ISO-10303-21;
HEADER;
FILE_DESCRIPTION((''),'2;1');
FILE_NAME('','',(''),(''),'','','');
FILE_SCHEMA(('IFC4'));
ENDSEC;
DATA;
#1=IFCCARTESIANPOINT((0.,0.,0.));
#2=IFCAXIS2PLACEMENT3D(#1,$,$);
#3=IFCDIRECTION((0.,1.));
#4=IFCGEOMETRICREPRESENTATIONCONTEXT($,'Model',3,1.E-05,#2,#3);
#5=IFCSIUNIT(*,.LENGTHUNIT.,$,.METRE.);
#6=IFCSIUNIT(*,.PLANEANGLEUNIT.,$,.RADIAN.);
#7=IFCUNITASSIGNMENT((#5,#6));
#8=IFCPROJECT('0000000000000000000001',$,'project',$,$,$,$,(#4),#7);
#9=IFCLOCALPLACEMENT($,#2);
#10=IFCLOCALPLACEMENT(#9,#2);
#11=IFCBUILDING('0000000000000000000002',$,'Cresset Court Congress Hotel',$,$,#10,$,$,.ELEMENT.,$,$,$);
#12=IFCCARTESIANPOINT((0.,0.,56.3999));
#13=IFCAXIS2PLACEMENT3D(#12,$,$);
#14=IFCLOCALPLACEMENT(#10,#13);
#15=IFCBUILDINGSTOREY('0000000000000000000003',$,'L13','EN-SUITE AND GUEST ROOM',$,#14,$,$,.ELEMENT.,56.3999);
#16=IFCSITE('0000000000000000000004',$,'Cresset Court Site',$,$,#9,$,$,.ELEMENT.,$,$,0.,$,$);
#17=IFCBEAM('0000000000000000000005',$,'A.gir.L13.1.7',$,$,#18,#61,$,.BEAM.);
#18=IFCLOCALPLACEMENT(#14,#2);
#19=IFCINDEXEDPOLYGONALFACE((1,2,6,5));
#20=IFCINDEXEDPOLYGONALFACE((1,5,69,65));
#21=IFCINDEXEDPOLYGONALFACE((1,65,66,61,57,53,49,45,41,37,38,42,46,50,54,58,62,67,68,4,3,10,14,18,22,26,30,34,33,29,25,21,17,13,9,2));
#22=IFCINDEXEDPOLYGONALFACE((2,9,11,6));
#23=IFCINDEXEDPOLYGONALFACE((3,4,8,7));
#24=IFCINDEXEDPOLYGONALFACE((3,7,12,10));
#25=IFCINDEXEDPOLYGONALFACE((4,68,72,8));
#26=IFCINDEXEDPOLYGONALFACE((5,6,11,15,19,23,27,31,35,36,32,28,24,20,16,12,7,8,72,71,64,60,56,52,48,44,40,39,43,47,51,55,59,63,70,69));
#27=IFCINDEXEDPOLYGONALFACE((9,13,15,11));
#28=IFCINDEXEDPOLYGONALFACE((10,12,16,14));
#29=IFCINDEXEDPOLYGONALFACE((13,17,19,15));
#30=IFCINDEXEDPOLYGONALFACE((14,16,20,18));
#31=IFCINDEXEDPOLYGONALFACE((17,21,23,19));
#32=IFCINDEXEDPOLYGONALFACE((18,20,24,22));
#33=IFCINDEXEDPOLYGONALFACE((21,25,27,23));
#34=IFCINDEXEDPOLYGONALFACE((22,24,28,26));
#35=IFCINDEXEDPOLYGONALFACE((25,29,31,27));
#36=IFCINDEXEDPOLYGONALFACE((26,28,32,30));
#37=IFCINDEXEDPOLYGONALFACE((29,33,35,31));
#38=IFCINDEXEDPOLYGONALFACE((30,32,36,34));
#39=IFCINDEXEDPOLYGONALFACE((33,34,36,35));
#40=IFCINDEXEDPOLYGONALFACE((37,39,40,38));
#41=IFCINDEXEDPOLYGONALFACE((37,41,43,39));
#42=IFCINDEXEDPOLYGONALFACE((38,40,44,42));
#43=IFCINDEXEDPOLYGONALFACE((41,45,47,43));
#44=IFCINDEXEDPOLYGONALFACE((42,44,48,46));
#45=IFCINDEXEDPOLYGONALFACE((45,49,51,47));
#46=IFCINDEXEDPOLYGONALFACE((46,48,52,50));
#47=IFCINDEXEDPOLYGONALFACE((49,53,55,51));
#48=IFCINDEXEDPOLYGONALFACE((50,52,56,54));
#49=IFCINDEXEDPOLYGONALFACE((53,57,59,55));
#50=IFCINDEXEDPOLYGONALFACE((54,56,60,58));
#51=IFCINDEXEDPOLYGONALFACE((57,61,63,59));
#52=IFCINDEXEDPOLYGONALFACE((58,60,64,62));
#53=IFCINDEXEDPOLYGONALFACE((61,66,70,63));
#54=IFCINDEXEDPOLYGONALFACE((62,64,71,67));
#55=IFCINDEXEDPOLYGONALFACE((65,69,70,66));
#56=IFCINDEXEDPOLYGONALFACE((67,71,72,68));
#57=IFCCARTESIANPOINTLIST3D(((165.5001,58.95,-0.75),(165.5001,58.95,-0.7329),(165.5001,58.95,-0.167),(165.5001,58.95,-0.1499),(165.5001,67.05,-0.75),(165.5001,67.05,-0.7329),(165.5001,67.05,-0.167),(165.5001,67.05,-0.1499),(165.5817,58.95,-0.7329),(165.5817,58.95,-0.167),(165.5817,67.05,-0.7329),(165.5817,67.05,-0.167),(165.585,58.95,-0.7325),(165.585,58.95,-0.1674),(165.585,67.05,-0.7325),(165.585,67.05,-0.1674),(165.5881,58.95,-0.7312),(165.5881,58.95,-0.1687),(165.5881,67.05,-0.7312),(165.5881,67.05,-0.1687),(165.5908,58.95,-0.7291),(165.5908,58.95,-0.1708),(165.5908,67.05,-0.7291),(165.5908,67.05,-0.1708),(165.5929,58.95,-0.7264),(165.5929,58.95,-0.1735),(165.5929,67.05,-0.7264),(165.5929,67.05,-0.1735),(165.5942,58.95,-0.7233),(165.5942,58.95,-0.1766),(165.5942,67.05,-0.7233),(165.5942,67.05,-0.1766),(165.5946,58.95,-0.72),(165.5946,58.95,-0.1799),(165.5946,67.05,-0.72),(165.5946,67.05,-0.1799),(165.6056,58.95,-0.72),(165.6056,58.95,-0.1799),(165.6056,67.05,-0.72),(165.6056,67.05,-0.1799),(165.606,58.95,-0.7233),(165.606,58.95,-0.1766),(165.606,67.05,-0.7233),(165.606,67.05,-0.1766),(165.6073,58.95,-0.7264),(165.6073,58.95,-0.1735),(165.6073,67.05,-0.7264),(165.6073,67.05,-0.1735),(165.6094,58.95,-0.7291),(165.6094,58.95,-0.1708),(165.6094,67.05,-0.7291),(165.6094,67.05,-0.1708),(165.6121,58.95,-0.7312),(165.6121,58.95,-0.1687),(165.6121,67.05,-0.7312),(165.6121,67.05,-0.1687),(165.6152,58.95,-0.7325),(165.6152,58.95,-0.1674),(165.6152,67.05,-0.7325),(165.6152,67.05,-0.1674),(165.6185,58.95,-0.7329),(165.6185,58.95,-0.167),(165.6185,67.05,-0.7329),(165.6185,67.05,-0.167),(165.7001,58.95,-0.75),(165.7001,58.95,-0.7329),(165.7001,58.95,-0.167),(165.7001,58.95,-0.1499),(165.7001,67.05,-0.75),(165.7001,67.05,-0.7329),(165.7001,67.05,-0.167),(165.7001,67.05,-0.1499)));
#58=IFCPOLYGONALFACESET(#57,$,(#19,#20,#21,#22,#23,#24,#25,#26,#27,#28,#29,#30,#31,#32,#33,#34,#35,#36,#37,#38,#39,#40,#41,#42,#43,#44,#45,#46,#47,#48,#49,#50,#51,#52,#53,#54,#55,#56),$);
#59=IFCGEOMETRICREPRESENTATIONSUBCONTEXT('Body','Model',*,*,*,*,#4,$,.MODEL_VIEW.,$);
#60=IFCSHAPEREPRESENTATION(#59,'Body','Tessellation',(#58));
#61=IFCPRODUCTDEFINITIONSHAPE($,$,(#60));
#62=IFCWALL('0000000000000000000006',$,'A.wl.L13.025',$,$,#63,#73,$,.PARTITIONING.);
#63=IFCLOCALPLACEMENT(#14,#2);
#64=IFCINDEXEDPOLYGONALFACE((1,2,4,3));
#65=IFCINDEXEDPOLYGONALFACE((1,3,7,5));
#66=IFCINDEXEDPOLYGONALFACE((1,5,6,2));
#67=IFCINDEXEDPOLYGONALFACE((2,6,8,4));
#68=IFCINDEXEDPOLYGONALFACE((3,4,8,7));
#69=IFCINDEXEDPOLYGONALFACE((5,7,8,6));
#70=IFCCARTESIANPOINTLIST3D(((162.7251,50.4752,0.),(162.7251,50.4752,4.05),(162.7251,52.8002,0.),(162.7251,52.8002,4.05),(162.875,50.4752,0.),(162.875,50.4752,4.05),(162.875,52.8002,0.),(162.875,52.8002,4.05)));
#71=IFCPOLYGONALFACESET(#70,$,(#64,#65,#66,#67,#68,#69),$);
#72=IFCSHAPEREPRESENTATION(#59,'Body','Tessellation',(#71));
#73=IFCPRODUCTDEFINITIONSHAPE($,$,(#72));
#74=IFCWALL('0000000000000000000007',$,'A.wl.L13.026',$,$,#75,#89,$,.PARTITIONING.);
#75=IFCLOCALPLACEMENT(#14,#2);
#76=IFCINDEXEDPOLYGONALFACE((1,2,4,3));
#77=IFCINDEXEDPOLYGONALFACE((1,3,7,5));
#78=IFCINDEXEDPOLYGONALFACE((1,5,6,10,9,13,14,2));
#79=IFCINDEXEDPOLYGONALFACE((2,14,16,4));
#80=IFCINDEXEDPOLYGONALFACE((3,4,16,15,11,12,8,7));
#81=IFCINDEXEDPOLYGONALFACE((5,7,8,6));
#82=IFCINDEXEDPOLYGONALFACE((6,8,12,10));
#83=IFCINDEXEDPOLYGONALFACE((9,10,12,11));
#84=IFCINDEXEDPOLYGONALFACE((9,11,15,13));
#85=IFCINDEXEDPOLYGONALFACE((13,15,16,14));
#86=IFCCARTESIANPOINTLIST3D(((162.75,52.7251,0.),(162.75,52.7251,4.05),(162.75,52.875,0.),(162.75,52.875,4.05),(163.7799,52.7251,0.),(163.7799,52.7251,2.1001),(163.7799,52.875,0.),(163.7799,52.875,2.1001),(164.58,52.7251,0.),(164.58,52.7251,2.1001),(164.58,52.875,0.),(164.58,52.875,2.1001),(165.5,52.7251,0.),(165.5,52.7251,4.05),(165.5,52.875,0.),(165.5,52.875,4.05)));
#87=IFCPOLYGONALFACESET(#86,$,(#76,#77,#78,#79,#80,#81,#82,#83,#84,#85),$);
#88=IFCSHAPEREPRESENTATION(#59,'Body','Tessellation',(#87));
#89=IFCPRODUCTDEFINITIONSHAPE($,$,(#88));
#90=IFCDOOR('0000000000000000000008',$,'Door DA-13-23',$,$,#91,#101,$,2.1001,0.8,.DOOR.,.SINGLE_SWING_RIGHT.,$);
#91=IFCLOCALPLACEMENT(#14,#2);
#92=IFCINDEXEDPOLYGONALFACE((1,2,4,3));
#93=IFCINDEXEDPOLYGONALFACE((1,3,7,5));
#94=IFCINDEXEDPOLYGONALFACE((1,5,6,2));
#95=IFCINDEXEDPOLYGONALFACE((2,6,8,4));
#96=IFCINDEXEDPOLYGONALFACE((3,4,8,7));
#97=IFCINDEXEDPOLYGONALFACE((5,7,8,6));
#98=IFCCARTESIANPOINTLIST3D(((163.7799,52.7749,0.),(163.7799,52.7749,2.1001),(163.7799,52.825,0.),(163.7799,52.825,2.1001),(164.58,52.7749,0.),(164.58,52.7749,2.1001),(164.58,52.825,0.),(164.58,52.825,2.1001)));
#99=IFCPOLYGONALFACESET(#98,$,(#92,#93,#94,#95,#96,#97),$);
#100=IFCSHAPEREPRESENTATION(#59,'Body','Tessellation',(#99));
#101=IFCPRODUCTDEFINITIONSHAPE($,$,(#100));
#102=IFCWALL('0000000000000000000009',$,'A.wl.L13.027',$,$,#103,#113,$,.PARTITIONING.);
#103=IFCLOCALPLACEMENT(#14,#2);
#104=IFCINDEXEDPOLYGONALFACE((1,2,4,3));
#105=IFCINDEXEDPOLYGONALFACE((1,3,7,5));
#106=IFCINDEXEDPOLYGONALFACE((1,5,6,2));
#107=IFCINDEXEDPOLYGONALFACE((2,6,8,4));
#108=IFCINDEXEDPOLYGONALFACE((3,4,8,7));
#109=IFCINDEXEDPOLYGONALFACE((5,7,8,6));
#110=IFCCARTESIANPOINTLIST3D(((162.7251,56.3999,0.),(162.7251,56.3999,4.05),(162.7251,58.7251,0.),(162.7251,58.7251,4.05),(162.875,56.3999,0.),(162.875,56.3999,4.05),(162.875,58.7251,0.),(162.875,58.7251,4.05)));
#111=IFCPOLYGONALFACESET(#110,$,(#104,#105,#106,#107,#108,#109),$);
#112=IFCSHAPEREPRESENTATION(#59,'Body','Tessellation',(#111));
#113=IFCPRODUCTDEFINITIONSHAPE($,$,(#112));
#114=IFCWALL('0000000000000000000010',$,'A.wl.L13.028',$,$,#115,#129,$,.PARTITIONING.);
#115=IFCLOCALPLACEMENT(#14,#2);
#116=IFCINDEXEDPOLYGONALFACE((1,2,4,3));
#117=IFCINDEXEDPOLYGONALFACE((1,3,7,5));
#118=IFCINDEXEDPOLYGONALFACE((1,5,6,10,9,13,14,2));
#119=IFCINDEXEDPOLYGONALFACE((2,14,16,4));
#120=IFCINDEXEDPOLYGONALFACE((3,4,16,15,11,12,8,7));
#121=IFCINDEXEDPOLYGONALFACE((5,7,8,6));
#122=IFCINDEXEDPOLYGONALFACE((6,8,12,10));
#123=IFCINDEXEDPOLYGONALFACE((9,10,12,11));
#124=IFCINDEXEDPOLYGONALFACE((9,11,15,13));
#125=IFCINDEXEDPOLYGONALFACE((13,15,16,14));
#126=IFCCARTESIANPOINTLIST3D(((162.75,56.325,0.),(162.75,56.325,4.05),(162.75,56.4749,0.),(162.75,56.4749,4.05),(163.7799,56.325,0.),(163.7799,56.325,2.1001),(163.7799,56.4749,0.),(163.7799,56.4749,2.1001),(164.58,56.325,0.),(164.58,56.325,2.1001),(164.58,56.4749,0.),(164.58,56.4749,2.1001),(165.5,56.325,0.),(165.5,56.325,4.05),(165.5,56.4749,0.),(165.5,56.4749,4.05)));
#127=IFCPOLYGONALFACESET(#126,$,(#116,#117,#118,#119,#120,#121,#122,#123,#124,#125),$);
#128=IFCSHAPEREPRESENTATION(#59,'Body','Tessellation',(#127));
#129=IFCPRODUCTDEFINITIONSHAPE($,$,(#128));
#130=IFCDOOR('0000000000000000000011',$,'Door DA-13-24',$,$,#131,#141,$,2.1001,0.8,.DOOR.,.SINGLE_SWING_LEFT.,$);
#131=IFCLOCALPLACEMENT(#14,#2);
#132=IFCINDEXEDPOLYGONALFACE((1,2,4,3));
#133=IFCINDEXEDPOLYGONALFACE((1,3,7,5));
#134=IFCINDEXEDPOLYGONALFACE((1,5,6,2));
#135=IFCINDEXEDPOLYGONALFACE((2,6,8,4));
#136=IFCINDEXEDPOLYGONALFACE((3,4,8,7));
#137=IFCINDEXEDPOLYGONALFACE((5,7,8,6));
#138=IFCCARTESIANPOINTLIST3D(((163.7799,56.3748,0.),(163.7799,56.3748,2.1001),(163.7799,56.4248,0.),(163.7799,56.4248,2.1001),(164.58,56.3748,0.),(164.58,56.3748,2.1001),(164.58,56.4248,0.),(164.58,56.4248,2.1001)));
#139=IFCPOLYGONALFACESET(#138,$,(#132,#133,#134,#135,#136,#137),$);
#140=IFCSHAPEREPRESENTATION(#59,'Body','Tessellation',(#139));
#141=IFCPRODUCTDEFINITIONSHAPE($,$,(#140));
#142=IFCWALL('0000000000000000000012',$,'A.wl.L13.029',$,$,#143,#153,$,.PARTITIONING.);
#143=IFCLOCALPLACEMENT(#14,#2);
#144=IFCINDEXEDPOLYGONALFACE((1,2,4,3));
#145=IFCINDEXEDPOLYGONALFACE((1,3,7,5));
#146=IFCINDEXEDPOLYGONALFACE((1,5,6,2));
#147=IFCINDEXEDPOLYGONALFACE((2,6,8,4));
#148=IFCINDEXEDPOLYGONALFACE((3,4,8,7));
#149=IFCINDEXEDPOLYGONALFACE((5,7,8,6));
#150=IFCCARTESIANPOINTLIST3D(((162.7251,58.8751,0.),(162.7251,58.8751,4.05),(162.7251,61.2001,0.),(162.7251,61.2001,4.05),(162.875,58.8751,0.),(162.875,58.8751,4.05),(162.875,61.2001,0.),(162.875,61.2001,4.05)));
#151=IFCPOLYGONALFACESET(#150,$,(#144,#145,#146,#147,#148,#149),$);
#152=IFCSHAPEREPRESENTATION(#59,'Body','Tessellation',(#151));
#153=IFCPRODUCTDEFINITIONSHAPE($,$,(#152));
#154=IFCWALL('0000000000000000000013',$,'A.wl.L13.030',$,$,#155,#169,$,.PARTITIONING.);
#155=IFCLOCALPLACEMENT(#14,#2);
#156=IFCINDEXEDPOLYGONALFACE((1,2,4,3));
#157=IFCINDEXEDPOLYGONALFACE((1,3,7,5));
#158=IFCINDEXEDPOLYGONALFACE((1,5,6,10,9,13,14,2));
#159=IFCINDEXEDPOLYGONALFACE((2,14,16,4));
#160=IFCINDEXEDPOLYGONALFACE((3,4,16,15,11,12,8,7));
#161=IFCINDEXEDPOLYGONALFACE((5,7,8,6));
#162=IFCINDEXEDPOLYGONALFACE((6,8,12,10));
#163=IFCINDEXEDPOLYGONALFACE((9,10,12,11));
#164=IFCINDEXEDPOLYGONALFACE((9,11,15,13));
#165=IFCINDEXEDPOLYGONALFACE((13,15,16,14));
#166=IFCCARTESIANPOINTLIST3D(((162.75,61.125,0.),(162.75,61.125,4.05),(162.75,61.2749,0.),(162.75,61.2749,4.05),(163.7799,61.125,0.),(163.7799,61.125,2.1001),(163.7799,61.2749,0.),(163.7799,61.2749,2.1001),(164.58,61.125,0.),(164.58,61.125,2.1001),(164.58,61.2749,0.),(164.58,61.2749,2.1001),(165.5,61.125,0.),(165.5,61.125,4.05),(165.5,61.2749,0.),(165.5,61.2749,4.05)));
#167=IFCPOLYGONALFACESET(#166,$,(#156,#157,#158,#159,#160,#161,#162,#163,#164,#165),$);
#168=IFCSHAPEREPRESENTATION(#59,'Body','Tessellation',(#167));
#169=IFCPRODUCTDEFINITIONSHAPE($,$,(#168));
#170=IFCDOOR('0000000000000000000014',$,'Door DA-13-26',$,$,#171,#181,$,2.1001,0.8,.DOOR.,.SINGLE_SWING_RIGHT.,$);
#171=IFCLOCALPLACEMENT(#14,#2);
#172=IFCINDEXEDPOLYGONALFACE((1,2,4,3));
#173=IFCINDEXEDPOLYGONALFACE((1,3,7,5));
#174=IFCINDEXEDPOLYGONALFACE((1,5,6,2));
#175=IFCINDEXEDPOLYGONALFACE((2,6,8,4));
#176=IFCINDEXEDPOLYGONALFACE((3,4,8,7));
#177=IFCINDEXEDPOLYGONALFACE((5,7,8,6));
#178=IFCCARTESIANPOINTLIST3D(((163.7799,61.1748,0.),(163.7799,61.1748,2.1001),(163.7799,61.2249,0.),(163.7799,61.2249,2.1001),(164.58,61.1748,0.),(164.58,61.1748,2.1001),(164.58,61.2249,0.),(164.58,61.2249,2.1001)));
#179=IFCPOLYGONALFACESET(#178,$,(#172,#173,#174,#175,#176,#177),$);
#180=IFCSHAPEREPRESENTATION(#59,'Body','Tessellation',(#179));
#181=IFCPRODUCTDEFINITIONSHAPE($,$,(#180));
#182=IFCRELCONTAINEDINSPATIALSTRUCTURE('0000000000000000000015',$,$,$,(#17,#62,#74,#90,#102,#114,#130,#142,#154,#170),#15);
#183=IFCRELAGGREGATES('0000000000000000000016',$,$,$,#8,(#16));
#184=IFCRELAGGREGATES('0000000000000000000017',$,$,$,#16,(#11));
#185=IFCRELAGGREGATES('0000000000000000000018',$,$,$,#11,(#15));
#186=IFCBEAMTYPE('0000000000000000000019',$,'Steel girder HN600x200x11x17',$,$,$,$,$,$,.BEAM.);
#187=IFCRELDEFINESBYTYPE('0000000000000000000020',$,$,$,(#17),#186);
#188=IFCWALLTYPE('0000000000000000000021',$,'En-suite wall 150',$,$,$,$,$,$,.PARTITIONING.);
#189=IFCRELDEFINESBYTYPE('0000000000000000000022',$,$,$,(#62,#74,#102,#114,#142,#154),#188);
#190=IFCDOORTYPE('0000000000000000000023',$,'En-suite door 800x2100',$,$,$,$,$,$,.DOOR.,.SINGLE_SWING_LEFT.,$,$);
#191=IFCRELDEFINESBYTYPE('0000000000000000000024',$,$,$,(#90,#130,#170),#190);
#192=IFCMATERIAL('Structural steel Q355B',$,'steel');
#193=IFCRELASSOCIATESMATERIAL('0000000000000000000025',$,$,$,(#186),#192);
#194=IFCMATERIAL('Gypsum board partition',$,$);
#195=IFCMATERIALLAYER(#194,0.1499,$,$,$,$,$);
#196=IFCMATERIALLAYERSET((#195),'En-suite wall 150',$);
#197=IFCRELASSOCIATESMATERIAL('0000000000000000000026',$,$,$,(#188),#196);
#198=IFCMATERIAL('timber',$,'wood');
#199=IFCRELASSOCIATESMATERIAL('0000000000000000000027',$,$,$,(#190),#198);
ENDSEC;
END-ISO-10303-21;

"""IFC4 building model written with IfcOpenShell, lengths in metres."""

from ifc_helpers import new_model, si_unit, direction, frame, frame_2d, origin, origin_2d, place, context, subcontext, project, spatial, rectangle, i_section, extrude, material, layer, layer_set, material_profile, profile_set, type_object, element, fill, save


model = new_model("IFC4")

# Units and contexts
model_context = context("Model", 3, precision=1e-05, world=origin(), true_north=direction((0.0, 1.0)))
body_context = subcontext(model_context, "Body", "Model", "MODEL_VIEW")
ifc_project = project(units=[si_unit("LENGTHUNIT", "METRE"), si_unit("PLANEANGLEUNIT", "RADIAN")], contexts=[model_context])

# Site, building, storey
site_placement = place(None, origin())
site = spatial("IfcSite", under=ifc_project, at=site_placement, Name="Cresset Court Site", CompositionType="ELEMENT", RefElevation=0.0)
building_placement = place(site_placement, origin())
building = spatial("IfcBuilding", under=site, at=building_placement, Name="Cresset Court Congress Hotel", CompositionType="ELEMENT")
storey_placement = place(building_placement, frame((0.0, 0.0, 56.3999)))
storey = spatial("IfcBuildingStorey", under=building, at=storey_placement, Name="L13", Description="EN-SUITE AND GUEST ROOM", CompositionType="ELEMENT", Elevation=56.3999)

# Beam
ifc_material_1 = material(Name="Structural steel Q355B", Category="steel")
ifc_material_profile_1 = material_profile(ifc_material_1, i_section(OverallWidth=0.2, OverallDepth=0.6001, WebThickness=0.011, FlangeThickness=0.0171, FilletRadius=0.0129, at=origin_2d()), Name="HN600x200x11x17")
ifc_profile_set_1 = profile_set([ifc_material_profile_1], Name="Structural steel Q355B")
beam_type = type_object("IfcBeamType", Name="Steel girder HN600x200x11x17", PredefinedType="BEAM", material=ifc_profile_set_1)
beam_1_placement = place(storey_placement, frame((165.6001, 58.95, -0.45), z_axis=(0.0, 1.0, 0.0), x_axis=(-1.0, 0.0, 0.0)))
element("IfcBeam", 1, at=beam_1_placement, inside=storey, type_object=beam_type, Name="A.gir.L13.1.7", PredefinedType="BEAM", context=body_context, shape_type="SweptSolid", body=[
    extrude(i_section(OverallWidth=0.2, OverallDepth=0.6001, WebThickness=0.011, FlangeThickness=0.0171, FilletRadius=0.0129, at=origin_2d()), origin(), (0.0, 0.0, 1.0), 8.1001),
])

# Wall
ifc_material_2 = material(Name="Gypsum board partition")
ifc_layer = layer(ifc_material_2, 0.1499)
ifc_layer_set = layer_set([ifc_layer], Name="En-suite wall 150")
wall_type = type_object("IfcWallType", Name="En-suite wall 150", PredefinedType="PARTITIONING", material=ifc_layer_set)
wall_1_placement = place(storey_placement, frame((162.8, 50.4751, 0.0), z_axis=(0.0, 0.0, 1.0), x_axis=(0.0, 1.0, 0.0)))
element("IfcWall", 2, at=wall_1_placement, inside=storey, type_object=wall_type, Name="A.wl.L13.025", PredefinedType="PARTITIONING", context=body_context, shape_type="SweptSolid", body=[
    extrude(rectangle(XDim=2.325, YDim=0.1499, at=frame_2d((1.1626, 0.0))), origin(), (0.0, 0.0, 1.0), 4.05),
])

# Wall, opening, door
wall_2_placement = place(storey_placement, frame((162.75, 52.8, 0.0), z_axis=(0.0, 0.0, 1.0), x_axis=(1.0, 0.0, 0.0)))
wall_2 = element("IfcWall", 3, at=wall_2_placement, inside=storey, type_object=wall_type, Name="A.wl.L13.026", PredefinedType="PARTITIONING", context=body_context, shape_type="SweptSolid", body=[
    extrude(rectangle(XDim=2.75, YDim=0.1499, at=frame_2d((1.375, 0.0))), origin(), (0.0, 0.0, 1.0), 4.05),
])
opening_1_placement = place(wall_2_placement, frame((1.03, 0.0, 0.0)))
opening_1 = element("IfcOpeningElement", 4, at=opening_1_placement, cuts=wall_2, PredefinedType="OPENING", context=body_context, shape_type="SweptSolid", body=[
    extrude(rectangle(XDim=0.8, YDim=2.1001, at=frame_2d((0.3999, 1.05))), frame((0.0, 0.085, 0.0), z_axis=(0.0, -1.0, 0.0), x_axis=(1.0, 0.0, 0.0)), (0.0, 0.0, 1.0), 0.1699),
])
ifc_material_3 = material(Name="timber", Category="wood")
door_type = type_object("IfcDoorType", Name="En-suite door 800x2100", OperationType="SINGLE_SWING_LEFT", PredefinedType="DOOR", material=ifc_material_3)
door_1_placement = place(opening_1_placement, origin())
door_1 = element("IfcDoor", 5, at=door_1_placement, inside=storey, type_object=door_type, Name="Door DA-13-23", OperationType="SINGLE_SWING_RIGHT", OverallHeight=2.1001, OverallWidth=0.8, PredefinedType="DOOR", context=body_context, shape_type="SweptSolid", body=[
    extrude(rectangle(XDim=0.8, YDim=2.1001, at=frame_2d((0.3999, 1.05))), frame((0.0, 0.0249, 0.0), z_axis=(0.0, -1.0, 0.0), x_axis=(1.0, 0.0, 0.0)), (0.0, 0.0, 1.0), 0.05),
])
fill(opening_1, door_1)

# Wall
wall_3_placement = place(storey_placement, frame((162.8, 56.3999, 0.0), z_axis=(0.0, 0.0, 1.0), x_axis=(0.0, 1.0, 0.0)))
element("IfcWall", 6, at=wall_3_placement, inside=storey, type_object=wall_type, Name="A.wl.L13.027", PredefinedType="PARTITIONING", context=body_context, shape_type="SweptSolid", body=[
    extrude(rectangle(XDim=2.3252, YDim=0.1499, at=frame_2d((1.1626, 0.0))), origin(), (0.0, 0.0, 1.0), 4.05),
])

# Wall, opening, door
wall_4_placement = place(storey_placement, frame((162.75, 56.3999, 0.0), z_axis=(0.0, 0.0, 1.0), x_axis=(1.0, 0.0, 0.0)))
wall_4 = element("IfcWall", 7, at=wall_4_placement, inside=storey, type_object=wall_type, Name="A.wl.L13.028", PredefinedType="PARTITIONING", context=body_context, shape_type="SweptSolid", body=[
    extrude(rectangle(XDim=2.75, YDim=0.1499, at=frame_2d((1.375, 0.0))), origin(), (0.0, 0.0, 1.0), 4.05),
])
opening_2_placement = place(wall_4_placement, frame((1.03, 0.0, 0.0)))
opening_2 = element("IfcOpeningElement", 8, at=opening_2_placement, cuts=wall_4, PredefinedType="OPENING", context=body_context, shape_type="SweptSolid", body=[
    extrude(rectangle(XDim=0.8, YDim=2.1001, at=frame_2d((0.3999, 1.05))), frame((0.0, 0.085, 0.0), z_axis=(0.0, -1.0, 0.0), x_axis=(1.0, 0.0, 0.0)), (0.0, 0.0, 1.0), 0.1699),
])
door_2_placement = place(opening_2_placement, origin())
door_2 = element("IfcDoor", 9, at=door_2_placement, inside=storey, type_object=door_type, Name="Door DA-13-24", OperationType="SINGLE_SWING_LEFT", OverallHeight=2.1001, OverallWidth=0.8, PredefinedType="DOOR", context=body_context, shape_type="SweptSolid", body=[
    extrude(rectangle(XDim=0.8, YDim=2.1001, at=frame_2d((0.3999, 1.05))), frame((0.0, 0.0249, 0.0), z_axis=(0.0, -1.0, 0.0), x_axis=(1.0, 0.0, 0.0)), (0.0, 0.0, 1.0), 0.05),
])
fill(opening_2, door_2)

# Wall
wall_5_placement = place(storey_placement, frame((162.8, 58.875, 0.0), z_axis=(0.0, 0.0, 1.0), x_axis=(0.0, 1.0, 0.0)))
element("IfcWall", 10, at=wall_5_placement, inside=storey, type_object=wall_type, Name="A.wl.L13.029", PredefinedType="PARTITIONING", context=body_context, shape_type="SweptSolid", body=[
    extrude(rectangle(XDim=2.325, YDim=0.1499, at=frame_2d((1.1626, 0.0))), origin(), (0.0, 0.0, 1.0), 4.05),
])

# Wall, opening, door
wall_6_placement = place(storey_placement, frame((162.75, 61.2, 0.0), z_axis=(0.0, 0.0, 1.0), x_axis=(1.0, 0.0, 0.0)))
wall_6 = element("IfcWall", 11, at=wall_6_placement, inside=storey, type_object=wall_type, Name="A.wl.L13.030", PredefinedType="PARTITIONING", context=body_context, shape_type="SweptSolid", body=[
    extrude(rectangle(XDim=2.75, YDim=0.1499, at=frame_2d((1.375, 0.0))), origin(), (0.0, 0.0, 1.0), 4.05),
])
opening_3_placement = place(wall_6_placement, frame((1.03, 0.0, 0.0)))
opening_3 = element("IfcOpeningElement", 12, at=opening_3_placement, cuts=wall_6, PredefinedType="OPENING", context=body_context, shape_type="SweptSolid", body=[
    extrude(rectangle(XDim=0.8, YDim=2.1001, at=frame_2d((0.3999, 1.05))), frame((0.0, 0.085, 0.0), z_axis=(0.0, -1.0, 0.0), x_axis=(1.0, 0.0, 0.0)), (0.0, 0.0, 1.0), 0.1699),
])
door_3_placement = place(opening_3_placement, origin())
door_3 = element("IfcDoor", 13, at=door_3_placement, inside=storey, type_object=door_type, Name="Door DA-13-26", OperationType="SINGLE_SWING_RIGHT", OverallHeight=2.1001, OverallWidth=0.8, PredefinedType="DOOR", context=body_context, shape_type="SweptSolid", body=[
    extrude(rectangle(XDim=0.8, YDim=2.1001, at=frame_2d((0.3999, 1.05))), frame((0.0, 0.0249, 0.0), z_axis=(0.0, -1.0, 0.0), x_axis=(1.0, 0.0, 0.0)), (0.0, 0.0, 1.0), 0.05),
])
fill(opening_3, door_3)

save(model, "model.ifc")
